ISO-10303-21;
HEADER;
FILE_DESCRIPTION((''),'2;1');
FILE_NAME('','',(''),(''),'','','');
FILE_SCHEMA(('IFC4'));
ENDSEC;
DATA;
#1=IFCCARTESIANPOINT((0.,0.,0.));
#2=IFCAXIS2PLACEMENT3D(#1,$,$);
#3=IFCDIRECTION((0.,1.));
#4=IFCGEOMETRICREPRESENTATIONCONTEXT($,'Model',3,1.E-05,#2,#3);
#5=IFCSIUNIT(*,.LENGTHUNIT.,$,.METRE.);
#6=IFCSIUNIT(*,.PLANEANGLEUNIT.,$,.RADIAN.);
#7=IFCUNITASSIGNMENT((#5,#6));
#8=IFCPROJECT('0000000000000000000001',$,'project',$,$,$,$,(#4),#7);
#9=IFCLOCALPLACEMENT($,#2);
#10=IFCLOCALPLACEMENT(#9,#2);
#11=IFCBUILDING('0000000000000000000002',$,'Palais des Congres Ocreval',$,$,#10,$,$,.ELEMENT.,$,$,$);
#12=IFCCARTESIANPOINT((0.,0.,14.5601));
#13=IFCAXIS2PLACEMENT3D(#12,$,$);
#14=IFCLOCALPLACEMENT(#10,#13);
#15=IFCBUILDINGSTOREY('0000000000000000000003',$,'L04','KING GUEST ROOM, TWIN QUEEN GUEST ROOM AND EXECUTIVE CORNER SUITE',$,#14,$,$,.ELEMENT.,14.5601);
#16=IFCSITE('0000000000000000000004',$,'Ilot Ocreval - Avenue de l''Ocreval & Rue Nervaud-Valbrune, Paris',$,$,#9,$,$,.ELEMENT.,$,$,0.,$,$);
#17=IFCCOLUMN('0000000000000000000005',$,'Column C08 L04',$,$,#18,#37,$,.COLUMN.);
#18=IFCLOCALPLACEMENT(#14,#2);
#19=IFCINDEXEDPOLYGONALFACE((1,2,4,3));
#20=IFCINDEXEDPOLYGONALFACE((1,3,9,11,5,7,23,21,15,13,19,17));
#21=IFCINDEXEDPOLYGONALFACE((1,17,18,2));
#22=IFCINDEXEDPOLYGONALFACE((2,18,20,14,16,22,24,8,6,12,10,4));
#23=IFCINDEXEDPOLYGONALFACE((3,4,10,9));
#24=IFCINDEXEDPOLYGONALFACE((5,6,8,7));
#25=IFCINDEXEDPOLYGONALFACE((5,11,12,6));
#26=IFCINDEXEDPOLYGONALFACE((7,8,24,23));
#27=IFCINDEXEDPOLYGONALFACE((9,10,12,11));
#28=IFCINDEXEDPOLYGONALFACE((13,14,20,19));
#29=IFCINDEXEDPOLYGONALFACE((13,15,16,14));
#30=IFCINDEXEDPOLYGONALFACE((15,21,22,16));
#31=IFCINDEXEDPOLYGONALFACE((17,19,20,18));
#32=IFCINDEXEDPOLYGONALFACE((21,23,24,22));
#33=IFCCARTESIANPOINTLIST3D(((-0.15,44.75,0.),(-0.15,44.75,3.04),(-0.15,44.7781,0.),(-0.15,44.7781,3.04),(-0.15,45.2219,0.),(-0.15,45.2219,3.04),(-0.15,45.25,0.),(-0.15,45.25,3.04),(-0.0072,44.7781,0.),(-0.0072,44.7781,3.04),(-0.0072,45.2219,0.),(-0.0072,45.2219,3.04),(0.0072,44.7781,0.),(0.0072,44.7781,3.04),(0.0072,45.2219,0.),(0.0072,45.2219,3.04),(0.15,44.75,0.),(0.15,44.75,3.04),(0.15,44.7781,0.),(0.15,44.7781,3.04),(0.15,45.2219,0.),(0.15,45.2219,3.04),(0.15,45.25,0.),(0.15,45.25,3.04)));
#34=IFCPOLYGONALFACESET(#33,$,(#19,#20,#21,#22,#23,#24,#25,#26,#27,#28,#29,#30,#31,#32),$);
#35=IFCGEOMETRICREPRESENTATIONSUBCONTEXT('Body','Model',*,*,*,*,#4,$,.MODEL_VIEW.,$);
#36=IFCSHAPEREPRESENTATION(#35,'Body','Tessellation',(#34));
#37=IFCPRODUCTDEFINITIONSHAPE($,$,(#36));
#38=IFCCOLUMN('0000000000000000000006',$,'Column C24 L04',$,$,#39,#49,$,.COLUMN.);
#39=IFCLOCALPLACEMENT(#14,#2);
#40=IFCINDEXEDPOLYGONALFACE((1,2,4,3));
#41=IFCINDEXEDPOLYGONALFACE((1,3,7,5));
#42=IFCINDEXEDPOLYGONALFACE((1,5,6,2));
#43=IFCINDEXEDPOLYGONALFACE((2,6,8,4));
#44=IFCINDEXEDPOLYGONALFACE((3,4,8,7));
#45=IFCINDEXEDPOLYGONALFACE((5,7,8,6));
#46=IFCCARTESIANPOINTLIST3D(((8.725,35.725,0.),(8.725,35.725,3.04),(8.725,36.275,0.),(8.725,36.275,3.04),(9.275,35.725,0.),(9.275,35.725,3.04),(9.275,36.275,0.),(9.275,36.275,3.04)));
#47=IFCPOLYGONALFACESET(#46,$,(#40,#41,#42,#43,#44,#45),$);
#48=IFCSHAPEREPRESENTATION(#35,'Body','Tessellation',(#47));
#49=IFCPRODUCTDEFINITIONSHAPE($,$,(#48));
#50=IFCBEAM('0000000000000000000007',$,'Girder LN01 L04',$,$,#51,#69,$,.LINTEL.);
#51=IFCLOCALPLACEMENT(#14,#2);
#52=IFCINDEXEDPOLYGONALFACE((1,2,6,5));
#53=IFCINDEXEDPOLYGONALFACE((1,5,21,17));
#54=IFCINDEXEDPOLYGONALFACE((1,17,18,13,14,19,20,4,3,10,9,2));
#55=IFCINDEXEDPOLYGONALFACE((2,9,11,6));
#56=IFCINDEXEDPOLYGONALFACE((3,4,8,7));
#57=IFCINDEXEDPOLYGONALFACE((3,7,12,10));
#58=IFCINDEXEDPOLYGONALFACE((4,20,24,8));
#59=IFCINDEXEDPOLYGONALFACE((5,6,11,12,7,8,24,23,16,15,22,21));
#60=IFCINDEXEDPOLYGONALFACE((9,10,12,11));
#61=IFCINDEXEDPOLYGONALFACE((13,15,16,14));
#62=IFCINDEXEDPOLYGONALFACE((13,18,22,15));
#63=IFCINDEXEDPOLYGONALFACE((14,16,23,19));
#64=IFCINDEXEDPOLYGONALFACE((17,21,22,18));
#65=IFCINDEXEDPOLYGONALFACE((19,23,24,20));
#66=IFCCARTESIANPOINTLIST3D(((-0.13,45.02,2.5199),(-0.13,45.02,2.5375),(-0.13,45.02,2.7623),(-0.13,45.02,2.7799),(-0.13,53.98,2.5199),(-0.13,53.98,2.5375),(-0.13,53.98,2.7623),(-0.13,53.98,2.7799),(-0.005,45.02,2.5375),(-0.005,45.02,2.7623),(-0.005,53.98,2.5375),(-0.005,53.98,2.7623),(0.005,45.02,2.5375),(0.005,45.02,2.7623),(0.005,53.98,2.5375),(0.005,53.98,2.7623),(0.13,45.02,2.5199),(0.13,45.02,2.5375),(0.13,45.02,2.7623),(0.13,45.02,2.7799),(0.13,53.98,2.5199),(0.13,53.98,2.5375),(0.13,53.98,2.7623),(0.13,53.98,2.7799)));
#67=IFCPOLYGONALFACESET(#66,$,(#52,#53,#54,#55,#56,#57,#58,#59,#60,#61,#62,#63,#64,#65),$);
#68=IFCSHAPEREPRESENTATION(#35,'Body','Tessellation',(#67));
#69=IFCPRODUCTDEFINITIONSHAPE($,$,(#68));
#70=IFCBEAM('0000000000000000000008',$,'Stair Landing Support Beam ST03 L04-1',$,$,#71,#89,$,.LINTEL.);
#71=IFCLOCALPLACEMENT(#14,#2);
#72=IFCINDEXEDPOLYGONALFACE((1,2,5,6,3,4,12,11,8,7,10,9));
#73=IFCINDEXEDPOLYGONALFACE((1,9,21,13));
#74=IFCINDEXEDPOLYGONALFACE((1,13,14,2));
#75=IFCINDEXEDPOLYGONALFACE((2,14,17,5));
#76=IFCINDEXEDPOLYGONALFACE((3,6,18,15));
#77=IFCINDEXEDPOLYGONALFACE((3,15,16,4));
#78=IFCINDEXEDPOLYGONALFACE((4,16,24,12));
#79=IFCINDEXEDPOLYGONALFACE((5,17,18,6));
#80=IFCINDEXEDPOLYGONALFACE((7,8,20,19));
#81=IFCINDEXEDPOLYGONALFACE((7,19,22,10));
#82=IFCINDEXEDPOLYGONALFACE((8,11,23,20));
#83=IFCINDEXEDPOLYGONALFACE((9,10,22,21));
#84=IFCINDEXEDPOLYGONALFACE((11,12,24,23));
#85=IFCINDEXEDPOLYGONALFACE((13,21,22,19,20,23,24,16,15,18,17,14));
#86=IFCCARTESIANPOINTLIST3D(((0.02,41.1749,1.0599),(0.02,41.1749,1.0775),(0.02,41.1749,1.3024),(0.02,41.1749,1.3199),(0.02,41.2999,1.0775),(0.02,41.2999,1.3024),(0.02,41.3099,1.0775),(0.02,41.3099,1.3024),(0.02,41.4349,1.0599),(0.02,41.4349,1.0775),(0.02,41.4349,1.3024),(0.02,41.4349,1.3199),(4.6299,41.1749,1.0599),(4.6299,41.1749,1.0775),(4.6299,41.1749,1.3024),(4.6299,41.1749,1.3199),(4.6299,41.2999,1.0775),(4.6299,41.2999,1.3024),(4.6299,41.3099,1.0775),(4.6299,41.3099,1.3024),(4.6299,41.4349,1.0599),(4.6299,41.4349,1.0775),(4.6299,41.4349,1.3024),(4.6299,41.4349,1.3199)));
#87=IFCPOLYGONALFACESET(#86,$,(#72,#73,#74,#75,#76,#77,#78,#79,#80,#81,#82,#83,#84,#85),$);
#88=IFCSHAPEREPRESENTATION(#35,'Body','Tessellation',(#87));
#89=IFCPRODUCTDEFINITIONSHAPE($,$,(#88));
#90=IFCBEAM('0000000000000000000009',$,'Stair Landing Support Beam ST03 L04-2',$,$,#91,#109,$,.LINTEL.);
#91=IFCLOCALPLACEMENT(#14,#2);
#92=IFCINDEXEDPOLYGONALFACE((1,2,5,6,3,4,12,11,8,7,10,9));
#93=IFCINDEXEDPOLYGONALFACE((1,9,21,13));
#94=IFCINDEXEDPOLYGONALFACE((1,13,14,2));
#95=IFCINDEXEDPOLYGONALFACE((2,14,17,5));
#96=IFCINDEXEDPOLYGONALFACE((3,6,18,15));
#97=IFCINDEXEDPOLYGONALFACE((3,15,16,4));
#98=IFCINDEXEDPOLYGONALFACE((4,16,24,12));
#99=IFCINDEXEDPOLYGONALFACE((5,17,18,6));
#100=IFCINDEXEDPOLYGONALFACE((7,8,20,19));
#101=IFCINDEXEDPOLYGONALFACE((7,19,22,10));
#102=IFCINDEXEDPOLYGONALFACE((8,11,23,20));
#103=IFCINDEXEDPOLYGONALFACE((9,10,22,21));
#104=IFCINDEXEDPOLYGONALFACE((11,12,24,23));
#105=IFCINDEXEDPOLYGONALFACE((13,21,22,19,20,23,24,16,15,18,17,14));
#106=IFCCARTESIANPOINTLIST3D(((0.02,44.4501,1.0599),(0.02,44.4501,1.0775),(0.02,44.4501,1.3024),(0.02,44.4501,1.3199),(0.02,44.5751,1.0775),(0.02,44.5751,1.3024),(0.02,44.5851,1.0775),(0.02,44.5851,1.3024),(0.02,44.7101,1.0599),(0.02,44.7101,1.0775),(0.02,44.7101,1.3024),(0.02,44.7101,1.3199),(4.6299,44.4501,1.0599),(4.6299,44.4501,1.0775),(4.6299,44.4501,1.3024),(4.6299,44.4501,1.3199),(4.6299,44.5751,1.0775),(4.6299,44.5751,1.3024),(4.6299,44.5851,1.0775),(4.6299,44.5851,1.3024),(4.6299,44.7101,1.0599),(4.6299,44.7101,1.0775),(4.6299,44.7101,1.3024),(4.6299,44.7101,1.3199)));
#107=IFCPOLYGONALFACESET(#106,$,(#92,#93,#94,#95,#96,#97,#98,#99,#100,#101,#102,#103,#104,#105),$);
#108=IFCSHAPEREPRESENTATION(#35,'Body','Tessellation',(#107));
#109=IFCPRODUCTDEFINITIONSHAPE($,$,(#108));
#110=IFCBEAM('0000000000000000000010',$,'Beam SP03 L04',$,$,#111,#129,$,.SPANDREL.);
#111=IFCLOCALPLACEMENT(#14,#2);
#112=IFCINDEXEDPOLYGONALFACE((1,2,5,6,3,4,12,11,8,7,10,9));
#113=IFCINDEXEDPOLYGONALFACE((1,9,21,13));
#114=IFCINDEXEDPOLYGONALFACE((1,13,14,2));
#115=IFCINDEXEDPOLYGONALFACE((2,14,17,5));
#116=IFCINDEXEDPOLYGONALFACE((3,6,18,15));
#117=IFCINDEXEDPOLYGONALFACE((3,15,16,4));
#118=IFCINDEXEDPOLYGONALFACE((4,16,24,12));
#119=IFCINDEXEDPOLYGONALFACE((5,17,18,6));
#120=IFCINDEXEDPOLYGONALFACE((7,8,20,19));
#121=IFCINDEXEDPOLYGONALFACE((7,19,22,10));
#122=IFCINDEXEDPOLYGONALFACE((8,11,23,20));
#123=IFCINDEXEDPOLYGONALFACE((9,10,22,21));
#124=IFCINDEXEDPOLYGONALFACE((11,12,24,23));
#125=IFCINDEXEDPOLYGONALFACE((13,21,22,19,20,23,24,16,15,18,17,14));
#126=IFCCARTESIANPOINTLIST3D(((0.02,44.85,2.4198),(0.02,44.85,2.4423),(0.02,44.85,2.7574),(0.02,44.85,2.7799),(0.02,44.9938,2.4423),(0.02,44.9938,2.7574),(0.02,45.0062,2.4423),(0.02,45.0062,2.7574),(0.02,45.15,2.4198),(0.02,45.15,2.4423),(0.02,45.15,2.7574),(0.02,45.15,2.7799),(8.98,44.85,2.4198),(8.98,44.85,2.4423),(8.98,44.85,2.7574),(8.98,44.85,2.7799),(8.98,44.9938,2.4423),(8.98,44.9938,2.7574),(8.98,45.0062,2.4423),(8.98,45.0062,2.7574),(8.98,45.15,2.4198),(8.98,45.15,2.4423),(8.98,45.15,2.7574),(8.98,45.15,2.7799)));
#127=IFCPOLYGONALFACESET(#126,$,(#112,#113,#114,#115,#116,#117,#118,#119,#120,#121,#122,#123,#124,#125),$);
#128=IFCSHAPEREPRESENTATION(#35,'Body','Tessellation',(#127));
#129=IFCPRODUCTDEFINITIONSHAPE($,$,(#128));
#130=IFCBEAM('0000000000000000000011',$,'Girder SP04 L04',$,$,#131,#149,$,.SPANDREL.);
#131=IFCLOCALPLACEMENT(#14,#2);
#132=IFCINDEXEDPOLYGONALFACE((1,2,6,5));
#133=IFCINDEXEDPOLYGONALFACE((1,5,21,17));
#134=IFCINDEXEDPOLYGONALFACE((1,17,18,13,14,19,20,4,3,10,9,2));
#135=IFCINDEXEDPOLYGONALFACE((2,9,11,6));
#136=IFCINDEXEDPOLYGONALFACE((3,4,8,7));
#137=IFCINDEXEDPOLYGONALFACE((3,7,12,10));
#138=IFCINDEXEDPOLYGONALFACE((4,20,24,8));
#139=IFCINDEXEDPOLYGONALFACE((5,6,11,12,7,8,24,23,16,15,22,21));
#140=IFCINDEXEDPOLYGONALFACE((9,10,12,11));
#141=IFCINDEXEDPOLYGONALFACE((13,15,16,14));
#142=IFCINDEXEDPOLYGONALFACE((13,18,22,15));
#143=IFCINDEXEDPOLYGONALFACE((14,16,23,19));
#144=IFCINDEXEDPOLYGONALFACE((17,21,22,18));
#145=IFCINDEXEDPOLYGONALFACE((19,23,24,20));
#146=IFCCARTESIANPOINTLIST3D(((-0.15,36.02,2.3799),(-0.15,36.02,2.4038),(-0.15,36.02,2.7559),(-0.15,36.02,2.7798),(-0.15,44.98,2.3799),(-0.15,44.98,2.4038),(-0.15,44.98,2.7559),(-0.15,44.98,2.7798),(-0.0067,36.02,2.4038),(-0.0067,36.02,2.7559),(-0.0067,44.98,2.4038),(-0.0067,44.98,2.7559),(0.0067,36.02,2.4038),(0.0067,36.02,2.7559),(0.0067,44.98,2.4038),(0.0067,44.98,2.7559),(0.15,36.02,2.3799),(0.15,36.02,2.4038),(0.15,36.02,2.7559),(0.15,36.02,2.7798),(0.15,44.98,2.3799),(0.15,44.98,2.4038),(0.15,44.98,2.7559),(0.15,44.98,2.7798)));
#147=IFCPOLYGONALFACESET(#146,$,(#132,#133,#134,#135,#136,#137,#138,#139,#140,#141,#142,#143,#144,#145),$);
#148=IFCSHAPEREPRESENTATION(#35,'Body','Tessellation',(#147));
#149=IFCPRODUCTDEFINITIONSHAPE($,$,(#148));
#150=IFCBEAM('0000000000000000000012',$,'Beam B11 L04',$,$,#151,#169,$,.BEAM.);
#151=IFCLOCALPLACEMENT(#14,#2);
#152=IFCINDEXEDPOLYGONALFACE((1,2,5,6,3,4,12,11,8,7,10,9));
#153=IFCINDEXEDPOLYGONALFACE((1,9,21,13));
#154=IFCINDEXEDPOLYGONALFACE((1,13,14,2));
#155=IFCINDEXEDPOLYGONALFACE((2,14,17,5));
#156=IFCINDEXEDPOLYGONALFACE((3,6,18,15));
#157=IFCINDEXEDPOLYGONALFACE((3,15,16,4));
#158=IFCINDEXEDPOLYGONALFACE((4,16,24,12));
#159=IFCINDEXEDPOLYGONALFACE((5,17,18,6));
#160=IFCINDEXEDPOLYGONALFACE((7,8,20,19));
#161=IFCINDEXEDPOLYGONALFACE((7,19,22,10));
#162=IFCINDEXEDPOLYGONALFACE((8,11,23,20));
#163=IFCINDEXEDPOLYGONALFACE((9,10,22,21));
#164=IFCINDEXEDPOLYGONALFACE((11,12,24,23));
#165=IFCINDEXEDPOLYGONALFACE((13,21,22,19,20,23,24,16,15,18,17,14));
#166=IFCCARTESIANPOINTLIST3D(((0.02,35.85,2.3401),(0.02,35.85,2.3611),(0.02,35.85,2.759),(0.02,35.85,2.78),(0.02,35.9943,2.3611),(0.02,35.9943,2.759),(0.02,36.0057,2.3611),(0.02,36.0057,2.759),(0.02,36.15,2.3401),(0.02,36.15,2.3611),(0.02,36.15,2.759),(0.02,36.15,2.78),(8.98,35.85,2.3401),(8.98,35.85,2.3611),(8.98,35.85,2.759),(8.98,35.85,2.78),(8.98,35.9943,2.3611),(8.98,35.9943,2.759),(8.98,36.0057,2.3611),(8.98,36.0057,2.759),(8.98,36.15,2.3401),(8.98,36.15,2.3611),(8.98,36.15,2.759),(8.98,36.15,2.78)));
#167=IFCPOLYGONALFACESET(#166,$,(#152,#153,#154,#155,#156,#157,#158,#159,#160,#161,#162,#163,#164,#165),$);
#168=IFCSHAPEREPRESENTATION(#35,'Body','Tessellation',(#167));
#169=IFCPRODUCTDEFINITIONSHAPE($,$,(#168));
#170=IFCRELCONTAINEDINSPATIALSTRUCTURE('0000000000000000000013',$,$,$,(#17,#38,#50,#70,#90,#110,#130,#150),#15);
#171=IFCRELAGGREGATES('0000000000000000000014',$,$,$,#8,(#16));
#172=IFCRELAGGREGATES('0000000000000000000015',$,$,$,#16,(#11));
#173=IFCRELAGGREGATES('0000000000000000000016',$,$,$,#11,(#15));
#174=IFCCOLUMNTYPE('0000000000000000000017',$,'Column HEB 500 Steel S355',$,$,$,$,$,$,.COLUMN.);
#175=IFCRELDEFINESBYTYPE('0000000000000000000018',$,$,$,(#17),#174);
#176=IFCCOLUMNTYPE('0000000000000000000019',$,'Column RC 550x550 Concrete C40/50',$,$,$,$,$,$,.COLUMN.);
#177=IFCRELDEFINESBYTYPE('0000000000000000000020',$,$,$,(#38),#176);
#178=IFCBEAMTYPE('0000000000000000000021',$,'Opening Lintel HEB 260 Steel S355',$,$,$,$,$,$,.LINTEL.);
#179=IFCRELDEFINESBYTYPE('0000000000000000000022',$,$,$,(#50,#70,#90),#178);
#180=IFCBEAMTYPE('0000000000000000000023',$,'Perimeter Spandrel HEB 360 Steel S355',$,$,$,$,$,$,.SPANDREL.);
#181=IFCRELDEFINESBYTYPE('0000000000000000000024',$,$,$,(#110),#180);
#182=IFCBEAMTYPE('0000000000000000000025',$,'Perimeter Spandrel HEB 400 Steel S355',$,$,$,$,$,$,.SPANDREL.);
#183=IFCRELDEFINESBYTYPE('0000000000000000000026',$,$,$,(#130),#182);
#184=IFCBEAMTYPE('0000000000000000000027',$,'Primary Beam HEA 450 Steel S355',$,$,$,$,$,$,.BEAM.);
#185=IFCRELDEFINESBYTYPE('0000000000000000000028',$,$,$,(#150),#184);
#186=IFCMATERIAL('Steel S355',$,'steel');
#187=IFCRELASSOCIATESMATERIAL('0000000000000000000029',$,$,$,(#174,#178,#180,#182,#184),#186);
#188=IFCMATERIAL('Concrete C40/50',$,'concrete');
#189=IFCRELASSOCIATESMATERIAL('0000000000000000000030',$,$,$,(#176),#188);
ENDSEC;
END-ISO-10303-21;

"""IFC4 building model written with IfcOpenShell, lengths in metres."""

from ifc_helpers import new_model, si_unit, direction, frame, origin, origin_2d, place, context, subcontext, project, spatial, rectangle, i_section, extrude, material, material_profile, profile_set, type_object, element, save


model = new_model("IFC4")

# Units and contexts
model_context = context("Model", 3, precision=1e-05, world=origin(), true_north=direction((0.0, 1.0)))
body_context = subcontext(model_context, "Body", "Model", "MODEL_VIEW")
ifc_project = project(units=[si_unit("LENGTHUNIT", "METRE"), si_unit("PLANEANGLEUNIT", "RADIAN")], contexts=[model_context])

# Site, building, storey
site_placement = place(None, origin())
site = spatial("IfcSite", under=ifc_project, at=site_placement, Name="Ilot Ocreval - Avenue de l'Ocreval & Rue Nervaud-Valbrune, Paris", CompositionType="ELEMENT", RefElevation=0.0)
building_placement = place(site_placement, origin())
building = spatial("IfcBuilding", under=site, at=building_placement, Name="Palais des Congres Ocreval", CompositionType="ELEMENT")
storey_placement = place(building_placement, frame((0.0, 0.0, 14.5601)))
storey = spatial("IfcBuildingStorey", under=building, at=storey_placement, Name="L04", Description="KING GUEST ROOM, TWIN QUEEN GUEST ROOM AND EXECUTIVE CORNER SUITE", CompositionType="ELEMENT", Elevation=14.5601)

# Columns
ifc_material_1 = material(Name="Steel S355", Category="steel")
ifc_material_profile_1 = material_profile(ifc_material_1, i_section(OverallWidth=0.3, OverallDepth=0.5, WebThickness=0.0144, FlangeThickness=0.0281, at=origin_2d()), Name="HEB 500")
ifc_profile_set_1 = profile_set([ifc_material_profile_1], Name="Steel S355")
column_type_1 = type_object("IfcColumnType", Name="Column HEB 500 Steel S355", PredefinedType="COLUMN", material=ifc_profile_set_1)
column_1_placement = place(storey_placement, frame((0.0, 45.0, 0.0), z_axis=(0.0, 0.0, 1.0), x_axis=(1.0, 0.0, 0.0)))
element("IfcColumn", 1, at=column_1_placement, inside=storey, type_object=column_type_1, Name="Column C08 L04", PredefinedType="COLUMN", context=body_context, shape_type="SweptSolid", body=[
    extrude(i_section(OverallWidth=0.3, OverallDepth=0.5, WebThickness=0.0144, FlangeThickness=0.0281, at=origin_2d()), origin(), (0.0, 0.0, 1.0), 3.04),
])
ifc_material_2 = material(Name="Concrete C40/50", Category="concrete")
ifc_material_profile_2 = material_profile(ifc_material_2, rectangle(XDim=0.55, YDim=0.55, at=origin_2d()), Name="RC 550x550")
ifc_profile_set_2 = profile_set([ifc_material_profile_2], Name="Concrete C40/50")
column_type_2 = type_object("IfcColumnType", Name="Column RC 550x550 Concrete C40/50", PredefinedType="COLUMN", material=ifc_profile_set_2)
column_2_placement = place(storey_placement, frame((9.0, 36.0, 0.0), z_axis=(0.0, 0.0, 1.0), x_axis=(1.0, 0.0, 0.0)))
element("IfcColumn", 2, at=column_2_placement, inside=storey, type_object=column_type_2, Name="Column C24 L04", PredefinedType="COLUMN", context=body_context, shape_type="SweptSolid", body=[
    extrude(rectangle(XDim=0.55, YDim=0.55, at=origin_2d()), origin(), (0.0, 0.0, 1.0), 3.04),
])

# Beams
ifc_material_profile_3 = material_profile(ifc_material_1, i_section(OverallWidth=0.26, OverallDepth=0.26, WebThickness=0.01, FlangeThickness=0.0176, at=origin_2d()), Name="HEB 260")
ifc_profile_set_3 = profile_set([ifc_material_profile_3], Name="Steel S355")
beam_type_1 = type_object("IfcBeamType", Name="Opening Lintel HEB 260 Steel S355", PredefinedType="LINTEL", material=ifc_profile_set_3)
beam_1_placement = place(storey_placement, frame((0.0, 45.02, 2.6499), z_axis=(0.0, 1.0, 0.0), x_axis=(-1.0, 0.0, 0.0)))
element("IfcBeam", 3, at=beam_1_placement, inside=storey, type_object=beam_type_1, Name="Girder LN01 L04", PredefinedType="LINTEL", context=body_context, shape_type="SweptSolid", body=[
    extrude(i_section(OverallWidth=0.26, OverallDepth=0.26, WebThickness=0.01, FlangeThickness=0.0176, at=origin_2d()), origin(), (0.0, 0.0, 1.0), 8.96),
])
for number, where, z_axis, x_axis, name in (
    (4, (0.02, 41.3049, 1.1899), (1.0, 0.0, 0.0), (0.0, 1.0, 0.0), "Stair Landing Support Beam ST03 L04-1"),
    (5, (0.02, 44.5801, 1.1899), (1.0, 0.0, 0.0), (0.0, 1.0, 0.0), "Stair Landing Support Beam ST03 L04-2"),
):
    element("IfcBeam", number, at=place(storey_placement, frame(where, z_axis=z_axis, x_axis=x_axis)), inside=storey, type_object=beam_type_1, Name=name, PredefinedType="LINTEL", context=body_context, shape_type="SweptSolid", body=[
        extrude(i_section(OverallWidth=0.26, OverallDepth=0.26, WebThickness=0.01, FlangeThickness=0.0176, at=origin_2d()), origin(), (0.0, 0.0, 1.0), 4.6099),
    ])
ifc_material_profile_4 = material_profile(ifc_material_1, i_section(OverallWidth=0.3, OverallDepth=0.3601, WebThickness=0.0125, FlangeThickness=0.0225, at=origin_2d()), Name="HEB 360")
ifc_profile_set_4 = profile_set([ifc_material_profile_4], Name="Steel S355")
beam_type_2 = type_object("IfcBeamType", Name="Perimeter Spandrel HEB 360 Steel S355", PredefinedType="SPANDREL", material=ifc_profile_set_4)
beam_2_placement = place(storey_placement, frame((0.02, 45.0, 2.5999), z_axis=(1.0, 0.0, 0.0), x_axis=(0.0, 1.0, 0.0)))
element("IfcBeam", 6, at=beam_2_placement, inside=storey, type_object=beam_type_2, Name="Beam SP03 L04", PredefinedType="SPANDREL", context=body_context, shape_type="SweptSolid", body=[
    extrude(i_section(OverallWidth=0.3, OverallDepth=0.3601, WebThickness=0.0125, FlangeThickness=0.0225, at=origin_2d()), origin(), (0.0, 0.0, 1.0), 8.96),
])
ifc_material_profile_5 = material_profile(ifc_material_1, i_section(OverallWidth=0.3, OverallDepth=0.3999, WebThickness=0.0134, FlangeThickness=0.0239, at=origin_2d()), Name="HEB 400")
ifc_profile_set_5 = profile_set([ifc_material_profile_5], Name="Steel S355")
beam_type_3 = type_object("IfcBeamType", Name="Perimeter Spandrel HEB 400 Steel S355", PredefinedType="SPANDREL", material=ifc_profile_set_5)
beam_3_placement = place(storey_placement, frame((0.0, 36.02, 2.5798), z_axis=(0.0, 1.0, 0.0), x_axis=(-1.0, 0.0, 0.0)))
element("IfcBeam", 7, at=beam_3_placement, inside=storey, type_object=beam_type_3, Name="Girder SP04 L04", PredefinedType="SPANDREL", context=body_context, shape_type="SweptSolid", body=[
    extrude(i_section(OverallWidth=0.3, OverallDepth=0.3999, WebThickness=0.0134, FlangeThickness=0.0239, at=origin_2d()), origin(), (0.0, 0.0, 1.0), 8.96),
])
ifc_material_profile_6 = material_profile(ifc_material_1, i_section(OverallWidth=0.3, OverallDepth=0.4399, WebThickness=0.0115, FlangeThickness=0.021, at=origin_2d()), Name="HEA 450")
ifc_profile_set_6 = profile_set([ifc_material_profile_6], Name="Steel S355")
beam_type_4 = type_object("IfcBeamType", Name="Primary Beam HEA 450 Steel S355", PredefinedType="BEAM", material=ifc_profile_set_6)
beam_4_placement = place(storey_placement, frame((0.02, 36.0, 2.5601), z_axis=(1.0, 0.0, 0.0), x_axis=(0.0, 1.0, 0.0)))
element("IfcBeam", 8, at=beam_4_placement, inside=storey, type_object=beam_type_4, Name="Beam B11 L04", PredefinedType="BEAM", context=body_context, shape_type="SweptSolid", body=[
    extrude(i_section(OverallWidth=0.3, OverallDepth=0.4399, WebThickness=0.0115, FlangeThickness=0.021, at=origin_2d()), origin(), (0.0, 0.0, 1.0), 8.96),
])

save(model, "model.ifc")
